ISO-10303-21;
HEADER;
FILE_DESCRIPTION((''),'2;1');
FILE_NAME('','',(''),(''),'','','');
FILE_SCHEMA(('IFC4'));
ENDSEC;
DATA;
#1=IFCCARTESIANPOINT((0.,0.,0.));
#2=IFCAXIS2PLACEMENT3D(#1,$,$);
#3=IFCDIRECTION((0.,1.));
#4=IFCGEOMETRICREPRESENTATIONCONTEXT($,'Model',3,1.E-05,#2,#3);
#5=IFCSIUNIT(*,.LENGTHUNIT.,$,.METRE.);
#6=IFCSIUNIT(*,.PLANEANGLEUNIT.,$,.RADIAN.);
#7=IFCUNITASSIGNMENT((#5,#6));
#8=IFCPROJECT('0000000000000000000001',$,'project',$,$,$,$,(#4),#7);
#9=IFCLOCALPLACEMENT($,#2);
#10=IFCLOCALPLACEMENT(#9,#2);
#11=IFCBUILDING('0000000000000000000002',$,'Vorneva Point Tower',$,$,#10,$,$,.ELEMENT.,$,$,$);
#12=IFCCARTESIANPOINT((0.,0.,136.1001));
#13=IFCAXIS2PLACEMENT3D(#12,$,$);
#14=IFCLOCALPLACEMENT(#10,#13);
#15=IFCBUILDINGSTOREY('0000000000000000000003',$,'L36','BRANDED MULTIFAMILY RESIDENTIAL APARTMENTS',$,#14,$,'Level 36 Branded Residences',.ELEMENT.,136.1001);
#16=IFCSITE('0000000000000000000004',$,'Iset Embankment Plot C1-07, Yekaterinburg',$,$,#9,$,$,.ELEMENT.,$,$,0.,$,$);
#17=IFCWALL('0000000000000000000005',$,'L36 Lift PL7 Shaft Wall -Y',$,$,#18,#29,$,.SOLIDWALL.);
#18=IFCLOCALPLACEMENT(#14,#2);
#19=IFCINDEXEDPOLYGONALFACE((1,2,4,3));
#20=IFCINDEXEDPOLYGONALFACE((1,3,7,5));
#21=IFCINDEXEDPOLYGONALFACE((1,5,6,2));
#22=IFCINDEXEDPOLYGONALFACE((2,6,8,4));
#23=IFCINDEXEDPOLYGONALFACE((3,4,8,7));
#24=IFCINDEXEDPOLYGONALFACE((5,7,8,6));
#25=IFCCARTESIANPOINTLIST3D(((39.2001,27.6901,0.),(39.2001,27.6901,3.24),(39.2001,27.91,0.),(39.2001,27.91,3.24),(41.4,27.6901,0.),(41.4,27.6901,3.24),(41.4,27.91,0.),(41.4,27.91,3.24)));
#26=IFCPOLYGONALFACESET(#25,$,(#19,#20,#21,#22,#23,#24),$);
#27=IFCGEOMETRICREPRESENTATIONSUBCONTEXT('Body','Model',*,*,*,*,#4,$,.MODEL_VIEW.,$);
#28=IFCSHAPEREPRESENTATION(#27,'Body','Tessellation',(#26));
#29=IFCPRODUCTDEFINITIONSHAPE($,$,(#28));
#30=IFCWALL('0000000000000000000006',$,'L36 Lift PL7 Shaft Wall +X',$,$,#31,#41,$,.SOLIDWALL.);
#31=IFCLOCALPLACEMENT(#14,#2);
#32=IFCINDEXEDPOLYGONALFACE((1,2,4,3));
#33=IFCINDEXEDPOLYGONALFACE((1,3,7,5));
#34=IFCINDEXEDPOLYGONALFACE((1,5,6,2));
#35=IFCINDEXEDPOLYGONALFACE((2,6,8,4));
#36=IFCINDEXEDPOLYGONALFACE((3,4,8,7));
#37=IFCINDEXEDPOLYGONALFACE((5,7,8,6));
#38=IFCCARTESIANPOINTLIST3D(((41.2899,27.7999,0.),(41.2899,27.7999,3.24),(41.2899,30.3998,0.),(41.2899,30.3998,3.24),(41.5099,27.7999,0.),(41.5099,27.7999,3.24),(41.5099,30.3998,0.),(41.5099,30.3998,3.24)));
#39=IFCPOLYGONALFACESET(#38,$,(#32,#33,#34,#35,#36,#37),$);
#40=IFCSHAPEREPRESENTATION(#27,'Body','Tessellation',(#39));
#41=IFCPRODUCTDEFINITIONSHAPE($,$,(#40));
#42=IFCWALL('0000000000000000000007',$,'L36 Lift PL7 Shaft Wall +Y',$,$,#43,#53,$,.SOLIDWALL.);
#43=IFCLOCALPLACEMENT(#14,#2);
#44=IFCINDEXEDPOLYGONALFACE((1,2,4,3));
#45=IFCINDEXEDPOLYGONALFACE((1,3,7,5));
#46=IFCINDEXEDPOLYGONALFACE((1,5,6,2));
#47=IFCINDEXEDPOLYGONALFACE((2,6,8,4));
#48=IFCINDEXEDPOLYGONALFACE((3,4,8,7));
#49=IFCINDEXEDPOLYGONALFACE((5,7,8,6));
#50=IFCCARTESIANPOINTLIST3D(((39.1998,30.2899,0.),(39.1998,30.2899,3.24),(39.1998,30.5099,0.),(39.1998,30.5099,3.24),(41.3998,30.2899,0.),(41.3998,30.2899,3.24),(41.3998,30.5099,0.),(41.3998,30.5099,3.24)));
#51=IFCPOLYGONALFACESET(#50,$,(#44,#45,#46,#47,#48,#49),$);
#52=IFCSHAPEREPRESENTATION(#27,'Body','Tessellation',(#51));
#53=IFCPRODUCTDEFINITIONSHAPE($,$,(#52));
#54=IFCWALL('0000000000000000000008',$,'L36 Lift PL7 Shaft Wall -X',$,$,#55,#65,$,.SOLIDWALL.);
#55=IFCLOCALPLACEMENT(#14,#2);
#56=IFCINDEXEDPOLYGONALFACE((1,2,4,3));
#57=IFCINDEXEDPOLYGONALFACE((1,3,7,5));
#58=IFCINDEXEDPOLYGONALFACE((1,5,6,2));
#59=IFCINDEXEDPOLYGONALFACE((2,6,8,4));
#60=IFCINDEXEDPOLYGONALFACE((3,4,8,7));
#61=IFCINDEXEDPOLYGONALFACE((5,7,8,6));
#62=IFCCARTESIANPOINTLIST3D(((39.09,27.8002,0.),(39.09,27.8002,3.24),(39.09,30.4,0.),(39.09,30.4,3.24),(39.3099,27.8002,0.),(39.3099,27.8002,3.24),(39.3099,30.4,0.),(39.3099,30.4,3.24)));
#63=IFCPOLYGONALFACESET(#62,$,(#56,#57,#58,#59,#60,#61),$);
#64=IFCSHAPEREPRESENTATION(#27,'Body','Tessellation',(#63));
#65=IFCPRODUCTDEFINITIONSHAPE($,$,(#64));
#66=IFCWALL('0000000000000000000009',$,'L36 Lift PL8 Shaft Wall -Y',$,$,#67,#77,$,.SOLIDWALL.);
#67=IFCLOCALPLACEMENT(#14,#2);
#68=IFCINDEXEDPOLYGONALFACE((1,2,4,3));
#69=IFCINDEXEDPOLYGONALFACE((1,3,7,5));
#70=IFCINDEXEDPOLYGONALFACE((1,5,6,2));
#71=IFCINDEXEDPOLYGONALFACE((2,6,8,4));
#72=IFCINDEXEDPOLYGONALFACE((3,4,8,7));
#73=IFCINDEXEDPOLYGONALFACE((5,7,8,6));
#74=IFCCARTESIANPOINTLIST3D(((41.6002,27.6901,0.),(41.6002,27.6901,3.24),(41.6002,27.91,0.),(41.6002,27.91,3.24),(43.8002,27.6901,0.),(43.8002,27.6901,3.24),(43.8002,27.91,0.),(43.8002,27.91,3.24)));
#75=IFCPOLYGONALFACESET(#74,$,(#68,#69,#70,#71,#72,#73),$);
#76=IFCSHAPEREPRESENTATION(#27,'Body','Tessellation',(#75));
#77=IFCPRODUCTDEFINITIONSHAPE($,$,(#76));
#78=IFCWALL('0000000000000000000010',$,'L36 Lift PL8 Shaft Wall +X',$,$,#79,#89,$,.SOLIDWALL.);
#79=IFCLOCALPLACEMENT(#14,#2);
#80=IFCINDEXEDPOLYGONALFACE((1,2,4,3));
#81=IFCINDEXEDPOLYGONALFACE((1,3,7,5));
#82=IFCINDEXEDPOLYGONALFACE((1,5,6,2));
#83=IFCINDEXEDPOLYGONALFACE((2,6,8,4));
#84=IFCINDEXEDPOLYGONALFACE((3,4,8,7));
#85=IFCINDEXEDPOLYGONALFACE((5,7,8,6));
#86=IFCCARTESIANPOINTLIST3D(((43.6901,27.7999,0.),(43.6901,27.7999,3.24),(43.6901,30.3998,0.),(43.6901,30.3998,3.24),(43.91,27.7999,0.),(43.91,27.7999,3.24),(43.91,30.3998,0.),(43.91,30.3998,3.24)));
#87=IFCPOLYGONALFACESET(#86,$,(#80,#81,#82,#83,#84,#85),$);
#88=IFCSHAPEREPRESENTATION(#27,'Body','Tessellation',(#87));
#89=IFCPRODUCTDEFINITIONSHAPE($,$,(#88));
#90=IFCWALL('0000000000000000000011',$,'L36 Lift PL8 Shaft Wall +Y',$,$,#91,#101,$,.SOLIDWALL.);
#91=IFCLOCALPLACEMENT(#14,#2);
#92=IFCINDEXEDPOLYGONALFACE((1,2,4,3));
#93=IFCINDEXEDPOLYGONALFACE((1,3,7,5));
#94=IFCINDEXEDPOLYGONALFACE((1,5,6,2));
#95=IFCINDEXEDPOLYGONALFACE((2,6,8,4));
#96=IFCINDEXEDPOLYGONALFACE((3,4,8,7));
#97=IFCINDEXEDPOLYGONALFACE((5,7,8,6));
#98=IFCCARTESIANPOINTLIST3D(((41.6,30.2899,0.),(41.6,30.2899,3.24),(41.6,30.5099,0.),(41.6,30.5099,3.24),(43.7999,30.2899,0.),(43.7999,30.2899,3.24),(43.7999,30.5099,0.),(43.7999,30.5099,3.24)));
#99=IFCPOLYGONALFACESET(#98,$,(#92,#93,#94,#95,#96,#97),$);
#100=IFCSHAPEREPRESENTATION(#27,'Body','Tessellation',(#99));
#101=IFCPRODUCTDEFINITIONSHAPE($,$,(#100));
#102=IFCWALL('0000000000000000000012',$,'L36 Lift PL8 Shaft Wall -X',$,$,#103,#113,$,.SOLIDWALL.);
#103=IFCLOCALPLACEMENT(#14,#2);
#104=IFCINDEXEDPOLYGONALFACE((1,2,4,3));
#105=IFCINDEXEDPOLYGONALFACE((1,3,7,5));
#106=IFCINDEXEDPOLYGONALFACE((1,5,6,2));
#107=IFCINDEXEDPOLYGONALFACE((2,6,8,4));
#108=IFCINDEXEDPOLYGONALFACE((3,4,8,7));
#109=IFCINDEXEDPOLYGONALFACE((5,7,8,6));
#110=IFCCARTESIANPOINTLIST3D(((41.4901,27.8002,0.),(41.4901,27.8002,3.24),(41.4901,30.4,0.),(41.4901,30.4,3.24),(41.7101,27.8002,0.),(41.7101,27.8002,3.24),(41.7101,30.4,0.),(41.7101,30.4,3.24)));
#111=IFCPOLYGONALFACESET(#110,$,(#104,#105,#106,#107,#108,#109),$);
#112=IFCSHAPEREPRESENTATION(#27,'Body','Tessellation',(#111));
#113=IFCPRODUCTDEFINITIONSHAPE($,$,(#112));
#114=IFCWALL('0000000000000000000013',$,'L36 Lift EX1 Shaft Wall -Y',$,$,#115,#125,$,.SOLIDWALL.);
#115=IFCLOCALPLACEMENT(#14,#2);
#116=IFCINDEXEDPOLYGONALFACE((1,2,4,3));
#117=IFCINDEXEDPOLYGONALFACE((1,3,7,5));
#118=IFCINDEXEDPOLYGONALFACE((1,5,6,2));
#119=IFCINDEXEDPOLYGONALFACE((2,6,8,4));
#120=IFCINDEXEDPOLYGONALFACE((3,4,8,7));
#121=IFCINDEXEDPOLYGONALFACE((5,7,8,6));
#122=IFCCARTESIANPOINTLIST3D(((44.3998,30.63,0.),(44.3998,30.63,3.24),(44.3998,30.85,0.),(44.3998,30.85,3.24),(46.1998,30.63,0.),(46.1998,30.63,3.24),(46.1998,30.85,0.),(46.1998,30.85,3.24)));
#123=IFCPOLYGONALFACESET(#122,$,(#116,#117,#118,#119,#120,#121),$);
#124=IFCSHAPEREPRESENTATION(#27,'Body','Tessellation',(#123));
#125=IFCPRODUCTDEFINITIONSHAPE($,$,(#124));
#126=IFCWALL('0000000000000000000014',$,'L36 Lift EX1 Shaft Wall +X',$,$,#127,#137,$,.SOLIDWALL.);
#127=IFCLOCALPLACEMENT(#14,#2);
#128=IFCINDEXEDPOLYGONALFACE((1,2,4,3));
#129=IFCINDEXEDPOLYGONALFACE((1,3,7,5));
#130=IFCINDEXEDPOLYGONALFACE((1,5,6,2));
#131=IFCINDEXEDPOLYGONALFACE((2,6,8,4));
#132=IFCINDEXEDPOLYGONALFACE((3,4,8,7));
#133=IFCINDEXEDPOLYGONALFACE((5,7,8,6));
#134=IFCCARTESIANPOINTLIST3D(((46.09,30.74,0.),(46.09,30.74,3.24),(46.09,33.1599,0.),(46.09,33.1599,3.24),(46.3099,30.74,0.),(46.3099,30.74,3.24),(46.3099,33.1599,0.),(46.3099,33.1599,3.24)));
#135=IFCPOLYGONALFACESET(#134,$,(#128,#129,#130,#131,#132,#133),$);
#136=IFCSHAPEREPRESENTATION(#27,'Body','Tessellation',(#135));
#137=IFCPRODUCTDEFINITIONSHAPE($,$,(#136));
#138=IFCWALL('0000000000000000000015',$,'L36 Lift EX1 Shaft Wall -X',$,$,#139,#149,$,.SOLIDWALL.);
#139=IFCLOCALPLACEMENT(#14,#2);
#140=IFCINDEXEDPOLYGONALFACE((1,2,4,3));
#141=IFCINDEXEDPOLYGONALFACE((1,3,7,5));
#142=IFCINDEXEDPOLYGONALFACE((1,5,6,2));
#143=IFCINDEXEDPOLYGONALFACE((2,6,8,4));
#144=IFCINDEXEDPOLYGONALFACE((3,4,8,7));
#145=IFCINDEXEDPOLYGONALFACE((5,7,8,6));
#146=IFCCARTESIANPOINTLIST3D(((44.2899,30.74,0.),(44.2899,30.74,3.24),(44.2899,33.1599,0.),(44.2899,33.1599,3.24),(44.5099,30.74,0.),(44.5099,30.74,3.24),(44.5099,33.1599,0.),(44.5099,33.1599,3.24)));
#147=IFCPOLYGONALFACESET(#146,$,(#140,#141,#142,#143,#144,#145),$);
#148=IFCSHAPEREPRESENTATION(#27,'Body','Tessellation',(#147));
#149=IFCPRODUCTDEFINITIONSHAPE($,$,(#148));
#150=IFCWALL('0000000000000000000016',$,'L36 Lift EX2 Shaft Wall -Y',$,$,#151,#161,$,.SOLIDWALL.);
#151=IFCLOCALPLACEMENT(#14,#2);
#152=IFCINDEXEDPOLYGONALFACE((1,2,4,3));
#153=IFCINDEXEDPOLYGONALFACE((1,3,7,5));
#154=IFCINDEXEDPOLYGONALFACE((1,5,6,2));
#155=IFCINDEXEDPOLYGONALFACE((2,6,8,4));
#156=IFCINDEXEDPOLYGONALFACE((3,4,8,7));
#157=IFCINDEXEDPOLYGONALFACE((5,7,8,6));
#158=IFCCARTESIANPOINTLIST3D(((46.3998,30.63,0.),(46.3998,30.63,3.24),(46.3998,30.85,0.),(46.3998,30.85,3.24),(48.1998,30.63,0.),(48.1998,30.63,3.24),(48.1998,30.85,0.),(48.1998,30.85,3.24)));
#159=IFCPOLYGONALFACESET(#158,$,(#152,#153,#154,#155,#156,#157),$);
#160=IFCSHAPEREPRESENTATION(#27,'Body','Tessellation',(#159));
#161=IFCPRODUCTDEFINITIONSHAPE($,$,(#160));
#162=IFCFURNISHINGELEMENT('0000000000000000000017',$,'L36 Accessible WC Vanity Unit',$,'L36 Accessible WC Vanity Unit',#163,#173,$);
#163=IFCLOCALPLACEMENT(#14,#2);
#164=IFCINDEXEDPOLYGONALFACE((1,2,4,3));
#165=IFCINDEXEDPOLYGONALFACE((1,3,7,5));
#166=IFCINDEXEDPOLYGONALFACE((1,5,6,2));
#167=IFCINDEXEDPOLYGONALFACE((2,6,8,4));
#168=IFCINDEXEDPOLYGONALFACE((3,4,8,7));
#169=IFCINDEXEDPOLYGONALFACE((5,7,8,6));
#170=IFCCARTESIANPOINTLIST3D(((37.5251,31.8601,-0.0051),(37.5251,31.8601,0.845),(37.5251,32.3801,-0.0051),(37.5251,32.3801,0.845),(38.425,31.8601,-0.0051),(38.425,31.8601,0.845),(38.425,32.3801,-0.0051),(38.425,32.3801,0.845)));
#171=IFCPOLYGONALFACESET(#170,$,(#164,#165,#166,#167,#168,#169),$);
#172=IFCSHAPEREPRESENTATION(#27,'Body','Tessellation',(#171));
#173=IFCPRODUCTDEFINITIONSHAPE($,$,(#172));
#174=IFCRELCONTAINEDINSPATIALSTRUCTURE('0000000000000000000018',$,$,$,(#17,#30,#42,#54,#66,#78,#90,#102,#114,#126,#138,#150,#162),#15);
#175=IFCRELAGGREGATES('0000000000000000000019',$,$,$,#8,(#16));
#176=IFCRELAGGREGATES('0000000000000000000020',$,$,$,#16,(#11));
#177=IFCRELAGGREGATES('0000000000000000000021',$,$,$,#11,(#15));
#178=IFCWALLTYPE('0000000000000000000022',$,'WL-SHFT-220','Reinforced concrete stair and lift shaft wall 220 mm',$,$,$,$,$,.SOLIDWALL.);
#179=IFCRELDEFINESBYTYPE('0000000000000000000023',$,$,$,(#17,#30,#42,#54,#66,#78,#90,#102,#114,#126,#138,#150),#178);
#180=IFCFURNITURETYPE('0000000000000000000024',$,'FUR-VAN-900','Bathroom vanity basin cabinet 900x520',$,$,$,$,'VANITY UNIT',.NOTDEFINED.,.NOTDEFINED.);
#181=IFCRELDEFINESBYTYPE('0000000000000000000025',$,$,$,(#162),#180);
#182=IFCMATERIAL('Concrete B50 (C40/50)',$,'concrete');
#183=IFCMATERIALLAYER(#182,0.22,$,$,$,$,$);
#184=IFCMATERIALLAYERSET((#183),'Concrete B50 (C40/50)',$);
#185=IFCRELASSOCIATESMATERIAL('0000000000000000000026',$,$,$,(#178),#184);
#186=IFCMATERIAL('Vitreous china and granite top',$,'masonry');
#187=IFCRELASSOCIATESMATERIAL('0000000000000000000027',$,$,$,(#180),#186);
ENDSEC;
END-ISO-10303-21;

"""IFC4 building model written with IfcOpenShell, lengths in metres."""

from ifc_helpers import new_model, si_unit, direction, frame, frame_2d, origin, origin_2d, place, context, subcontext, project, spatial, rectangle, extrude, material, layer, layer_set, type_object, element, save


model = new_model("IFC4")

# Units and contexts
model_context = context("Model", 3, precision=1e-05, world=origin(), true_north=direction((0.0, 1.0)))
body_context = subcontext(model_context, "Body", "Model", "MODEL_VIEW")
ifc_project = project(units=[si_unit("LENGTHUNIT", "METRE"), si_unit("PLANEANGLEUNIT", "RADIAN")], contexts=[model_context])

# Site, building, storey
site_placement = place(None, origin())
site = spatial("IfcSite", under=ifc_project, at=site_placement, Name="Iset Embankment Plot C1-07, Yekaterinburg", CompositionType="ELEMENT", RefElevation=0.0)
building_placement = place(site_placement, origin())
building = spatial("IfcBuilding", under=site, at=building_placement, Name="Vorneva Point Tower", CompositionType="ELEMENT")
storey_placement = place(building_placement, frame((0.0, 0.0, 136.1001)))
storey = spatial("IfcBuildingStorey", under=building, at=storey_placement, Name="L36", Description="BRANDED MULTIFAMILY RESIDENTIAL APARTMENTS", LongName="Level 36 Branded Residences", CompositionType="ELEMENT", Elevation=136.1001)

# Walls
ifc_material_1 = material(Name="Concrete B50 (C40/50)", Category="concrete")
ifc_layer_1 = layer(ifc_material_1, 0.22)
ifc_layer_set_1 = layer_set([ifc_layer_1], Name="Concrete B50 (C40/50)")
wall_type_1 = type_object("IfcWallType", Name="WL-SHFT-220", Description="Reinforced concrete stair and lift shaft wall 220 mm", PredefinedType="SOLIDWALL", material=ifc_layer_set_1)
wall_1_placement = place(storey_placement, frame((39.2, 27.8, 0.0), z_axis=(0.0, 0.0, 1.0), x_axis=(1.0, 0.0, 0.0)))
element("IfcWall", 1, at=wall_1_placement, inside=storey, type_object=wall_type_1, Name="L36 Lift PL7 Shaft Wall -Y", PredefinedType="SOLIDWALL", context=body_context, shape_type="SweptSolid", body=[
    extrude(rectangle(XDim=2.2, YDim=0.22, at=frame_2d((1.1001, 0.0))), origin(), (0.0, 0.0, 1.0), 3.24),
])
wall_2_placement = place(storey_placement, frame((41.3999, 27.8, 0.0), z_axis=(0.0, 0.0, 1.0), x_axis=(0.0, 1.0, 0.0)))
element("IfcWall", 2, at=wall_2_placement, inside=storey, type_object=wall_type_1, Name="L36 Lift PL7 Shaft Wall +X", PredefinedType="SOLIDWALL", context=body_context, shape_type="SweptSolid", body=[
    extrude(rectangle(XDim=2.5999, YDim=0.22, at=frame_2d((1.2998, 0.0))), origin(), (0.0, 0.0, 1.0), 3.24),
])
wall_3_placement = place(storey_placement, frame((41.3999, 30.3999, 0.0), z_axis=(0.0, 0.0, 1.0), x_axis=(-1.0, 0.0, 0.0)))
element("IfcWall", 3, at=wall_3_placement, inside=storey, type_object=wall_type_1, Name="L36 Lift PL7 Shaft Wall +Y", PredefinedType="SOLIDWALL", context=body_context, shape_type="SweptSolid", body=[
    extrude(rectangle(XDim=2.2, YDim=0.22, at=frame_2d((1.1001, 0.0))), origin(), (0.0, 0.0, 1.0), 3.24),
])
wall_4_placement = place(storey_placement, frame((39.2, 30.3999, 0.0), z_axis=(0.0, 0.0, 1.0), x_axis=(0.0, -1.0, 0.0)))
element("IfcWall", 4, at=wall_4_placement, inside=storey, type_object=wall_type_1, Name="L36 Lift PL7 Shaft Wall -X", PredefinedType="SOLIDWALL", context=body_context, shape_type="SweptSolid", body=[
    extrude(rectangle(XDim=2.5999, YDim=0.22, at=frame_2d((1.2998, 0.0))), origin(), (0.0, 0.0, 1.0), 3.24),
])
wall_5_placement = place(storey_placement, frame((41.6001, 27.8, 0.0), z_axis=(0.0, 0.0, 1.0), x_axis=(1.0, 0.0, 0.0)))
element("IfcWall", 5, at=wall_5_placement, inside=storey, type_object=wall_type_1, Name="L36 Lift PL8 Shaft Wall -Y", PredefinedType="SOLIDWALL", context=body_context, shape_type="SweptSolid", body=[
    extrude(rectangle(XDim=2.2, YDim=0.22, at=frame_2d((1.1001, 0.0))), origin(), (0.0, 0.0, 1.0), 3.24),
])
wall_6_placement = place(storey_placement, frame((43.8, 27.8, 0.0), z_axis=(0.0, 0.0, 1.0), x_axis=(0.0, 1.0, 0.0)))
element("IfcWall", 6, at=wall_6_placement, inside=storey, type_object=wall_type_1, Name="L36 Lift PL8 Shaft Wall +X", PredefinedType="SOLIDWALL", context=body_context, shape_type="SweptSolid", body=[
    extrude(rectangle(XDim=2.5999, YDim=0.22, at=frame_2d((1.2998, 0.0))), origin(), (0.0, 0.0, 1.0), 3.24),
])
wall_7_placement = place(storey_placement, frame((43.8, 30.3999, 0.0), z_axis=(0.0, 0.0, 1.0), x_axis=(-1.0, 0.0, 0.0)))
element("IfcWall", 7, at=wall_7_placement, inside=storey, type_object=wall_type_1, Name="L36 Lift PL8 Shaft Wall +Y", PredefinedType="SOLIDWALL", context=body_context, shape_type="SweptSolid", body=[
    extrude(rectangle(XDim=2.2, YDim=0.22, at=frame_2d((1.1001, 0.0))), origin(), (0.0, 0.0, 1.0), 3.24),
])
wall_8_placement = place(storey_placement, frame((41.6001, 30.3999, 0.0), z_axis=(0.0, 0.0, 1.0), x_axis=(0.0, -1.0, 0.0)))
element("IfcWall", 8, at=wall_8_placement, inside=storey, type_object=wall_type_1, Name="L36 Lift PL8 Shaft Wall -X", PredefinedType="SOLIDWALL", context=body_context, shape_type="SweptSolid", body=[
    extrude(rectangle(XDim=2.5999, YDim=0.22, at=frame_2d((1.2998, 0.0))), origin(), (0.0, 0.0, 1.0), 3.24),
])
wall_9_placement = place(storey_placement, frame((44.3999, 30.74, 0.0), z_axis=(0.0, 0.0, 1.0), x_axis=(1.0, 0.0, 0.0)))
element("IfcWall", 9, at=wall_9_placement, inside=storey, type_object=wall_type_1, Name="L36 Lift EX1 Shaft Wall -Y", PredefinedType="SOLIDWALL", context=body_context, shape_type="SweptSolid", body=[
    extrude(rectangle(XDim=1.8, YDim=0.22, at=frame_2d((0.8999, 0.0))), origin(), (0.0, 0.0, 1.0), 3.24),
])
for number, where, z_axis, x_axis, name in (
    (10, (46.2, 30.74, 0.0), (0.0, 0.0, 1.0), (0.0, 1.0, 0.0), "L36 Lift EX1 Shaft Wall +X"),
    (11, (44.3999, 33.1599, 0.0), (0.0, 0.0, 1.0), (0.0, -1.0, 0.0), "L36 Lift EX1 Shaft Wall -X"),
):
    element("IfcWall", number, at=place(storey_placement, frame(where, z_axis=z_axis, x_axis=x_axis)), inside=storey, type_object=wall_type_1, Name=name, PredefinedType="SOLIDWALL", context=body_context, shape_type="SweptSolid", body=[
        extrude(rectangle(XDim=2.4199, YDim=0.22, at=frame_2d((1.21, 0.0))), origin(), (0.0, 0.0, 1.0), 3.24),
    ])
wall_10_placement = place(storey_placement, frame((46.3999, 30.74, 0.0), z_axis=(0.0, 0.0, 1.0), x_axis=(1.0, 0.0, 0.0)))
element("IfcWall", 12, at=wall_10_placement, inside=storey, type_object=wall_type_1, Name="L36 Lift EX2 Shaft Wall -Y", PredefinedType="SOLIDWALL", context=body_context, shape_type="SweptSolid", body=[
    extrude(rectangle(XDim=1.8, YDim=0.22, at=frame_2d((0.8999, 0.0))), origin(), (0.0, 0.0, 1.0), 3.24),
])

# Furnishing element
ifc_material_2 = material(Name="Vitreous china and granite top", Category="masonry")
furniture_type = type_object("IfcFurnitureType", Name="FUR-VAN-900", Description="Bathroom vanity basin cabinet 900x520", ElementType="VANITY UNIT", AssemblyPlace="NOTDEFINED", PredefinedType="NOTDEFINED", material=ifc_material_2)
furnishing_placement = place(storey_placement, frame((37.9751, 32.1201, -0.0051), z_axis=(0.0, 0.0, 1.0), x_axis=(1.0, 0.0, 0.0)))
element("IfcFurnishingElement", 13, at=furnishing_placement, inside=storey, type_object=furniture_type, Name="L36 Accessible WC Vanity Unit", ObjectType="L36 Accessible WC Vanity Unit", context=body_context, shape_type="SweptSolid", body=[
    extrude(rectangle(XDim=0.8999, YDim=0.52, at=origin_2d()), origin(), (0.0, 0.0, 1.0), 0.8501),
])

save(model, "model.ifc")
